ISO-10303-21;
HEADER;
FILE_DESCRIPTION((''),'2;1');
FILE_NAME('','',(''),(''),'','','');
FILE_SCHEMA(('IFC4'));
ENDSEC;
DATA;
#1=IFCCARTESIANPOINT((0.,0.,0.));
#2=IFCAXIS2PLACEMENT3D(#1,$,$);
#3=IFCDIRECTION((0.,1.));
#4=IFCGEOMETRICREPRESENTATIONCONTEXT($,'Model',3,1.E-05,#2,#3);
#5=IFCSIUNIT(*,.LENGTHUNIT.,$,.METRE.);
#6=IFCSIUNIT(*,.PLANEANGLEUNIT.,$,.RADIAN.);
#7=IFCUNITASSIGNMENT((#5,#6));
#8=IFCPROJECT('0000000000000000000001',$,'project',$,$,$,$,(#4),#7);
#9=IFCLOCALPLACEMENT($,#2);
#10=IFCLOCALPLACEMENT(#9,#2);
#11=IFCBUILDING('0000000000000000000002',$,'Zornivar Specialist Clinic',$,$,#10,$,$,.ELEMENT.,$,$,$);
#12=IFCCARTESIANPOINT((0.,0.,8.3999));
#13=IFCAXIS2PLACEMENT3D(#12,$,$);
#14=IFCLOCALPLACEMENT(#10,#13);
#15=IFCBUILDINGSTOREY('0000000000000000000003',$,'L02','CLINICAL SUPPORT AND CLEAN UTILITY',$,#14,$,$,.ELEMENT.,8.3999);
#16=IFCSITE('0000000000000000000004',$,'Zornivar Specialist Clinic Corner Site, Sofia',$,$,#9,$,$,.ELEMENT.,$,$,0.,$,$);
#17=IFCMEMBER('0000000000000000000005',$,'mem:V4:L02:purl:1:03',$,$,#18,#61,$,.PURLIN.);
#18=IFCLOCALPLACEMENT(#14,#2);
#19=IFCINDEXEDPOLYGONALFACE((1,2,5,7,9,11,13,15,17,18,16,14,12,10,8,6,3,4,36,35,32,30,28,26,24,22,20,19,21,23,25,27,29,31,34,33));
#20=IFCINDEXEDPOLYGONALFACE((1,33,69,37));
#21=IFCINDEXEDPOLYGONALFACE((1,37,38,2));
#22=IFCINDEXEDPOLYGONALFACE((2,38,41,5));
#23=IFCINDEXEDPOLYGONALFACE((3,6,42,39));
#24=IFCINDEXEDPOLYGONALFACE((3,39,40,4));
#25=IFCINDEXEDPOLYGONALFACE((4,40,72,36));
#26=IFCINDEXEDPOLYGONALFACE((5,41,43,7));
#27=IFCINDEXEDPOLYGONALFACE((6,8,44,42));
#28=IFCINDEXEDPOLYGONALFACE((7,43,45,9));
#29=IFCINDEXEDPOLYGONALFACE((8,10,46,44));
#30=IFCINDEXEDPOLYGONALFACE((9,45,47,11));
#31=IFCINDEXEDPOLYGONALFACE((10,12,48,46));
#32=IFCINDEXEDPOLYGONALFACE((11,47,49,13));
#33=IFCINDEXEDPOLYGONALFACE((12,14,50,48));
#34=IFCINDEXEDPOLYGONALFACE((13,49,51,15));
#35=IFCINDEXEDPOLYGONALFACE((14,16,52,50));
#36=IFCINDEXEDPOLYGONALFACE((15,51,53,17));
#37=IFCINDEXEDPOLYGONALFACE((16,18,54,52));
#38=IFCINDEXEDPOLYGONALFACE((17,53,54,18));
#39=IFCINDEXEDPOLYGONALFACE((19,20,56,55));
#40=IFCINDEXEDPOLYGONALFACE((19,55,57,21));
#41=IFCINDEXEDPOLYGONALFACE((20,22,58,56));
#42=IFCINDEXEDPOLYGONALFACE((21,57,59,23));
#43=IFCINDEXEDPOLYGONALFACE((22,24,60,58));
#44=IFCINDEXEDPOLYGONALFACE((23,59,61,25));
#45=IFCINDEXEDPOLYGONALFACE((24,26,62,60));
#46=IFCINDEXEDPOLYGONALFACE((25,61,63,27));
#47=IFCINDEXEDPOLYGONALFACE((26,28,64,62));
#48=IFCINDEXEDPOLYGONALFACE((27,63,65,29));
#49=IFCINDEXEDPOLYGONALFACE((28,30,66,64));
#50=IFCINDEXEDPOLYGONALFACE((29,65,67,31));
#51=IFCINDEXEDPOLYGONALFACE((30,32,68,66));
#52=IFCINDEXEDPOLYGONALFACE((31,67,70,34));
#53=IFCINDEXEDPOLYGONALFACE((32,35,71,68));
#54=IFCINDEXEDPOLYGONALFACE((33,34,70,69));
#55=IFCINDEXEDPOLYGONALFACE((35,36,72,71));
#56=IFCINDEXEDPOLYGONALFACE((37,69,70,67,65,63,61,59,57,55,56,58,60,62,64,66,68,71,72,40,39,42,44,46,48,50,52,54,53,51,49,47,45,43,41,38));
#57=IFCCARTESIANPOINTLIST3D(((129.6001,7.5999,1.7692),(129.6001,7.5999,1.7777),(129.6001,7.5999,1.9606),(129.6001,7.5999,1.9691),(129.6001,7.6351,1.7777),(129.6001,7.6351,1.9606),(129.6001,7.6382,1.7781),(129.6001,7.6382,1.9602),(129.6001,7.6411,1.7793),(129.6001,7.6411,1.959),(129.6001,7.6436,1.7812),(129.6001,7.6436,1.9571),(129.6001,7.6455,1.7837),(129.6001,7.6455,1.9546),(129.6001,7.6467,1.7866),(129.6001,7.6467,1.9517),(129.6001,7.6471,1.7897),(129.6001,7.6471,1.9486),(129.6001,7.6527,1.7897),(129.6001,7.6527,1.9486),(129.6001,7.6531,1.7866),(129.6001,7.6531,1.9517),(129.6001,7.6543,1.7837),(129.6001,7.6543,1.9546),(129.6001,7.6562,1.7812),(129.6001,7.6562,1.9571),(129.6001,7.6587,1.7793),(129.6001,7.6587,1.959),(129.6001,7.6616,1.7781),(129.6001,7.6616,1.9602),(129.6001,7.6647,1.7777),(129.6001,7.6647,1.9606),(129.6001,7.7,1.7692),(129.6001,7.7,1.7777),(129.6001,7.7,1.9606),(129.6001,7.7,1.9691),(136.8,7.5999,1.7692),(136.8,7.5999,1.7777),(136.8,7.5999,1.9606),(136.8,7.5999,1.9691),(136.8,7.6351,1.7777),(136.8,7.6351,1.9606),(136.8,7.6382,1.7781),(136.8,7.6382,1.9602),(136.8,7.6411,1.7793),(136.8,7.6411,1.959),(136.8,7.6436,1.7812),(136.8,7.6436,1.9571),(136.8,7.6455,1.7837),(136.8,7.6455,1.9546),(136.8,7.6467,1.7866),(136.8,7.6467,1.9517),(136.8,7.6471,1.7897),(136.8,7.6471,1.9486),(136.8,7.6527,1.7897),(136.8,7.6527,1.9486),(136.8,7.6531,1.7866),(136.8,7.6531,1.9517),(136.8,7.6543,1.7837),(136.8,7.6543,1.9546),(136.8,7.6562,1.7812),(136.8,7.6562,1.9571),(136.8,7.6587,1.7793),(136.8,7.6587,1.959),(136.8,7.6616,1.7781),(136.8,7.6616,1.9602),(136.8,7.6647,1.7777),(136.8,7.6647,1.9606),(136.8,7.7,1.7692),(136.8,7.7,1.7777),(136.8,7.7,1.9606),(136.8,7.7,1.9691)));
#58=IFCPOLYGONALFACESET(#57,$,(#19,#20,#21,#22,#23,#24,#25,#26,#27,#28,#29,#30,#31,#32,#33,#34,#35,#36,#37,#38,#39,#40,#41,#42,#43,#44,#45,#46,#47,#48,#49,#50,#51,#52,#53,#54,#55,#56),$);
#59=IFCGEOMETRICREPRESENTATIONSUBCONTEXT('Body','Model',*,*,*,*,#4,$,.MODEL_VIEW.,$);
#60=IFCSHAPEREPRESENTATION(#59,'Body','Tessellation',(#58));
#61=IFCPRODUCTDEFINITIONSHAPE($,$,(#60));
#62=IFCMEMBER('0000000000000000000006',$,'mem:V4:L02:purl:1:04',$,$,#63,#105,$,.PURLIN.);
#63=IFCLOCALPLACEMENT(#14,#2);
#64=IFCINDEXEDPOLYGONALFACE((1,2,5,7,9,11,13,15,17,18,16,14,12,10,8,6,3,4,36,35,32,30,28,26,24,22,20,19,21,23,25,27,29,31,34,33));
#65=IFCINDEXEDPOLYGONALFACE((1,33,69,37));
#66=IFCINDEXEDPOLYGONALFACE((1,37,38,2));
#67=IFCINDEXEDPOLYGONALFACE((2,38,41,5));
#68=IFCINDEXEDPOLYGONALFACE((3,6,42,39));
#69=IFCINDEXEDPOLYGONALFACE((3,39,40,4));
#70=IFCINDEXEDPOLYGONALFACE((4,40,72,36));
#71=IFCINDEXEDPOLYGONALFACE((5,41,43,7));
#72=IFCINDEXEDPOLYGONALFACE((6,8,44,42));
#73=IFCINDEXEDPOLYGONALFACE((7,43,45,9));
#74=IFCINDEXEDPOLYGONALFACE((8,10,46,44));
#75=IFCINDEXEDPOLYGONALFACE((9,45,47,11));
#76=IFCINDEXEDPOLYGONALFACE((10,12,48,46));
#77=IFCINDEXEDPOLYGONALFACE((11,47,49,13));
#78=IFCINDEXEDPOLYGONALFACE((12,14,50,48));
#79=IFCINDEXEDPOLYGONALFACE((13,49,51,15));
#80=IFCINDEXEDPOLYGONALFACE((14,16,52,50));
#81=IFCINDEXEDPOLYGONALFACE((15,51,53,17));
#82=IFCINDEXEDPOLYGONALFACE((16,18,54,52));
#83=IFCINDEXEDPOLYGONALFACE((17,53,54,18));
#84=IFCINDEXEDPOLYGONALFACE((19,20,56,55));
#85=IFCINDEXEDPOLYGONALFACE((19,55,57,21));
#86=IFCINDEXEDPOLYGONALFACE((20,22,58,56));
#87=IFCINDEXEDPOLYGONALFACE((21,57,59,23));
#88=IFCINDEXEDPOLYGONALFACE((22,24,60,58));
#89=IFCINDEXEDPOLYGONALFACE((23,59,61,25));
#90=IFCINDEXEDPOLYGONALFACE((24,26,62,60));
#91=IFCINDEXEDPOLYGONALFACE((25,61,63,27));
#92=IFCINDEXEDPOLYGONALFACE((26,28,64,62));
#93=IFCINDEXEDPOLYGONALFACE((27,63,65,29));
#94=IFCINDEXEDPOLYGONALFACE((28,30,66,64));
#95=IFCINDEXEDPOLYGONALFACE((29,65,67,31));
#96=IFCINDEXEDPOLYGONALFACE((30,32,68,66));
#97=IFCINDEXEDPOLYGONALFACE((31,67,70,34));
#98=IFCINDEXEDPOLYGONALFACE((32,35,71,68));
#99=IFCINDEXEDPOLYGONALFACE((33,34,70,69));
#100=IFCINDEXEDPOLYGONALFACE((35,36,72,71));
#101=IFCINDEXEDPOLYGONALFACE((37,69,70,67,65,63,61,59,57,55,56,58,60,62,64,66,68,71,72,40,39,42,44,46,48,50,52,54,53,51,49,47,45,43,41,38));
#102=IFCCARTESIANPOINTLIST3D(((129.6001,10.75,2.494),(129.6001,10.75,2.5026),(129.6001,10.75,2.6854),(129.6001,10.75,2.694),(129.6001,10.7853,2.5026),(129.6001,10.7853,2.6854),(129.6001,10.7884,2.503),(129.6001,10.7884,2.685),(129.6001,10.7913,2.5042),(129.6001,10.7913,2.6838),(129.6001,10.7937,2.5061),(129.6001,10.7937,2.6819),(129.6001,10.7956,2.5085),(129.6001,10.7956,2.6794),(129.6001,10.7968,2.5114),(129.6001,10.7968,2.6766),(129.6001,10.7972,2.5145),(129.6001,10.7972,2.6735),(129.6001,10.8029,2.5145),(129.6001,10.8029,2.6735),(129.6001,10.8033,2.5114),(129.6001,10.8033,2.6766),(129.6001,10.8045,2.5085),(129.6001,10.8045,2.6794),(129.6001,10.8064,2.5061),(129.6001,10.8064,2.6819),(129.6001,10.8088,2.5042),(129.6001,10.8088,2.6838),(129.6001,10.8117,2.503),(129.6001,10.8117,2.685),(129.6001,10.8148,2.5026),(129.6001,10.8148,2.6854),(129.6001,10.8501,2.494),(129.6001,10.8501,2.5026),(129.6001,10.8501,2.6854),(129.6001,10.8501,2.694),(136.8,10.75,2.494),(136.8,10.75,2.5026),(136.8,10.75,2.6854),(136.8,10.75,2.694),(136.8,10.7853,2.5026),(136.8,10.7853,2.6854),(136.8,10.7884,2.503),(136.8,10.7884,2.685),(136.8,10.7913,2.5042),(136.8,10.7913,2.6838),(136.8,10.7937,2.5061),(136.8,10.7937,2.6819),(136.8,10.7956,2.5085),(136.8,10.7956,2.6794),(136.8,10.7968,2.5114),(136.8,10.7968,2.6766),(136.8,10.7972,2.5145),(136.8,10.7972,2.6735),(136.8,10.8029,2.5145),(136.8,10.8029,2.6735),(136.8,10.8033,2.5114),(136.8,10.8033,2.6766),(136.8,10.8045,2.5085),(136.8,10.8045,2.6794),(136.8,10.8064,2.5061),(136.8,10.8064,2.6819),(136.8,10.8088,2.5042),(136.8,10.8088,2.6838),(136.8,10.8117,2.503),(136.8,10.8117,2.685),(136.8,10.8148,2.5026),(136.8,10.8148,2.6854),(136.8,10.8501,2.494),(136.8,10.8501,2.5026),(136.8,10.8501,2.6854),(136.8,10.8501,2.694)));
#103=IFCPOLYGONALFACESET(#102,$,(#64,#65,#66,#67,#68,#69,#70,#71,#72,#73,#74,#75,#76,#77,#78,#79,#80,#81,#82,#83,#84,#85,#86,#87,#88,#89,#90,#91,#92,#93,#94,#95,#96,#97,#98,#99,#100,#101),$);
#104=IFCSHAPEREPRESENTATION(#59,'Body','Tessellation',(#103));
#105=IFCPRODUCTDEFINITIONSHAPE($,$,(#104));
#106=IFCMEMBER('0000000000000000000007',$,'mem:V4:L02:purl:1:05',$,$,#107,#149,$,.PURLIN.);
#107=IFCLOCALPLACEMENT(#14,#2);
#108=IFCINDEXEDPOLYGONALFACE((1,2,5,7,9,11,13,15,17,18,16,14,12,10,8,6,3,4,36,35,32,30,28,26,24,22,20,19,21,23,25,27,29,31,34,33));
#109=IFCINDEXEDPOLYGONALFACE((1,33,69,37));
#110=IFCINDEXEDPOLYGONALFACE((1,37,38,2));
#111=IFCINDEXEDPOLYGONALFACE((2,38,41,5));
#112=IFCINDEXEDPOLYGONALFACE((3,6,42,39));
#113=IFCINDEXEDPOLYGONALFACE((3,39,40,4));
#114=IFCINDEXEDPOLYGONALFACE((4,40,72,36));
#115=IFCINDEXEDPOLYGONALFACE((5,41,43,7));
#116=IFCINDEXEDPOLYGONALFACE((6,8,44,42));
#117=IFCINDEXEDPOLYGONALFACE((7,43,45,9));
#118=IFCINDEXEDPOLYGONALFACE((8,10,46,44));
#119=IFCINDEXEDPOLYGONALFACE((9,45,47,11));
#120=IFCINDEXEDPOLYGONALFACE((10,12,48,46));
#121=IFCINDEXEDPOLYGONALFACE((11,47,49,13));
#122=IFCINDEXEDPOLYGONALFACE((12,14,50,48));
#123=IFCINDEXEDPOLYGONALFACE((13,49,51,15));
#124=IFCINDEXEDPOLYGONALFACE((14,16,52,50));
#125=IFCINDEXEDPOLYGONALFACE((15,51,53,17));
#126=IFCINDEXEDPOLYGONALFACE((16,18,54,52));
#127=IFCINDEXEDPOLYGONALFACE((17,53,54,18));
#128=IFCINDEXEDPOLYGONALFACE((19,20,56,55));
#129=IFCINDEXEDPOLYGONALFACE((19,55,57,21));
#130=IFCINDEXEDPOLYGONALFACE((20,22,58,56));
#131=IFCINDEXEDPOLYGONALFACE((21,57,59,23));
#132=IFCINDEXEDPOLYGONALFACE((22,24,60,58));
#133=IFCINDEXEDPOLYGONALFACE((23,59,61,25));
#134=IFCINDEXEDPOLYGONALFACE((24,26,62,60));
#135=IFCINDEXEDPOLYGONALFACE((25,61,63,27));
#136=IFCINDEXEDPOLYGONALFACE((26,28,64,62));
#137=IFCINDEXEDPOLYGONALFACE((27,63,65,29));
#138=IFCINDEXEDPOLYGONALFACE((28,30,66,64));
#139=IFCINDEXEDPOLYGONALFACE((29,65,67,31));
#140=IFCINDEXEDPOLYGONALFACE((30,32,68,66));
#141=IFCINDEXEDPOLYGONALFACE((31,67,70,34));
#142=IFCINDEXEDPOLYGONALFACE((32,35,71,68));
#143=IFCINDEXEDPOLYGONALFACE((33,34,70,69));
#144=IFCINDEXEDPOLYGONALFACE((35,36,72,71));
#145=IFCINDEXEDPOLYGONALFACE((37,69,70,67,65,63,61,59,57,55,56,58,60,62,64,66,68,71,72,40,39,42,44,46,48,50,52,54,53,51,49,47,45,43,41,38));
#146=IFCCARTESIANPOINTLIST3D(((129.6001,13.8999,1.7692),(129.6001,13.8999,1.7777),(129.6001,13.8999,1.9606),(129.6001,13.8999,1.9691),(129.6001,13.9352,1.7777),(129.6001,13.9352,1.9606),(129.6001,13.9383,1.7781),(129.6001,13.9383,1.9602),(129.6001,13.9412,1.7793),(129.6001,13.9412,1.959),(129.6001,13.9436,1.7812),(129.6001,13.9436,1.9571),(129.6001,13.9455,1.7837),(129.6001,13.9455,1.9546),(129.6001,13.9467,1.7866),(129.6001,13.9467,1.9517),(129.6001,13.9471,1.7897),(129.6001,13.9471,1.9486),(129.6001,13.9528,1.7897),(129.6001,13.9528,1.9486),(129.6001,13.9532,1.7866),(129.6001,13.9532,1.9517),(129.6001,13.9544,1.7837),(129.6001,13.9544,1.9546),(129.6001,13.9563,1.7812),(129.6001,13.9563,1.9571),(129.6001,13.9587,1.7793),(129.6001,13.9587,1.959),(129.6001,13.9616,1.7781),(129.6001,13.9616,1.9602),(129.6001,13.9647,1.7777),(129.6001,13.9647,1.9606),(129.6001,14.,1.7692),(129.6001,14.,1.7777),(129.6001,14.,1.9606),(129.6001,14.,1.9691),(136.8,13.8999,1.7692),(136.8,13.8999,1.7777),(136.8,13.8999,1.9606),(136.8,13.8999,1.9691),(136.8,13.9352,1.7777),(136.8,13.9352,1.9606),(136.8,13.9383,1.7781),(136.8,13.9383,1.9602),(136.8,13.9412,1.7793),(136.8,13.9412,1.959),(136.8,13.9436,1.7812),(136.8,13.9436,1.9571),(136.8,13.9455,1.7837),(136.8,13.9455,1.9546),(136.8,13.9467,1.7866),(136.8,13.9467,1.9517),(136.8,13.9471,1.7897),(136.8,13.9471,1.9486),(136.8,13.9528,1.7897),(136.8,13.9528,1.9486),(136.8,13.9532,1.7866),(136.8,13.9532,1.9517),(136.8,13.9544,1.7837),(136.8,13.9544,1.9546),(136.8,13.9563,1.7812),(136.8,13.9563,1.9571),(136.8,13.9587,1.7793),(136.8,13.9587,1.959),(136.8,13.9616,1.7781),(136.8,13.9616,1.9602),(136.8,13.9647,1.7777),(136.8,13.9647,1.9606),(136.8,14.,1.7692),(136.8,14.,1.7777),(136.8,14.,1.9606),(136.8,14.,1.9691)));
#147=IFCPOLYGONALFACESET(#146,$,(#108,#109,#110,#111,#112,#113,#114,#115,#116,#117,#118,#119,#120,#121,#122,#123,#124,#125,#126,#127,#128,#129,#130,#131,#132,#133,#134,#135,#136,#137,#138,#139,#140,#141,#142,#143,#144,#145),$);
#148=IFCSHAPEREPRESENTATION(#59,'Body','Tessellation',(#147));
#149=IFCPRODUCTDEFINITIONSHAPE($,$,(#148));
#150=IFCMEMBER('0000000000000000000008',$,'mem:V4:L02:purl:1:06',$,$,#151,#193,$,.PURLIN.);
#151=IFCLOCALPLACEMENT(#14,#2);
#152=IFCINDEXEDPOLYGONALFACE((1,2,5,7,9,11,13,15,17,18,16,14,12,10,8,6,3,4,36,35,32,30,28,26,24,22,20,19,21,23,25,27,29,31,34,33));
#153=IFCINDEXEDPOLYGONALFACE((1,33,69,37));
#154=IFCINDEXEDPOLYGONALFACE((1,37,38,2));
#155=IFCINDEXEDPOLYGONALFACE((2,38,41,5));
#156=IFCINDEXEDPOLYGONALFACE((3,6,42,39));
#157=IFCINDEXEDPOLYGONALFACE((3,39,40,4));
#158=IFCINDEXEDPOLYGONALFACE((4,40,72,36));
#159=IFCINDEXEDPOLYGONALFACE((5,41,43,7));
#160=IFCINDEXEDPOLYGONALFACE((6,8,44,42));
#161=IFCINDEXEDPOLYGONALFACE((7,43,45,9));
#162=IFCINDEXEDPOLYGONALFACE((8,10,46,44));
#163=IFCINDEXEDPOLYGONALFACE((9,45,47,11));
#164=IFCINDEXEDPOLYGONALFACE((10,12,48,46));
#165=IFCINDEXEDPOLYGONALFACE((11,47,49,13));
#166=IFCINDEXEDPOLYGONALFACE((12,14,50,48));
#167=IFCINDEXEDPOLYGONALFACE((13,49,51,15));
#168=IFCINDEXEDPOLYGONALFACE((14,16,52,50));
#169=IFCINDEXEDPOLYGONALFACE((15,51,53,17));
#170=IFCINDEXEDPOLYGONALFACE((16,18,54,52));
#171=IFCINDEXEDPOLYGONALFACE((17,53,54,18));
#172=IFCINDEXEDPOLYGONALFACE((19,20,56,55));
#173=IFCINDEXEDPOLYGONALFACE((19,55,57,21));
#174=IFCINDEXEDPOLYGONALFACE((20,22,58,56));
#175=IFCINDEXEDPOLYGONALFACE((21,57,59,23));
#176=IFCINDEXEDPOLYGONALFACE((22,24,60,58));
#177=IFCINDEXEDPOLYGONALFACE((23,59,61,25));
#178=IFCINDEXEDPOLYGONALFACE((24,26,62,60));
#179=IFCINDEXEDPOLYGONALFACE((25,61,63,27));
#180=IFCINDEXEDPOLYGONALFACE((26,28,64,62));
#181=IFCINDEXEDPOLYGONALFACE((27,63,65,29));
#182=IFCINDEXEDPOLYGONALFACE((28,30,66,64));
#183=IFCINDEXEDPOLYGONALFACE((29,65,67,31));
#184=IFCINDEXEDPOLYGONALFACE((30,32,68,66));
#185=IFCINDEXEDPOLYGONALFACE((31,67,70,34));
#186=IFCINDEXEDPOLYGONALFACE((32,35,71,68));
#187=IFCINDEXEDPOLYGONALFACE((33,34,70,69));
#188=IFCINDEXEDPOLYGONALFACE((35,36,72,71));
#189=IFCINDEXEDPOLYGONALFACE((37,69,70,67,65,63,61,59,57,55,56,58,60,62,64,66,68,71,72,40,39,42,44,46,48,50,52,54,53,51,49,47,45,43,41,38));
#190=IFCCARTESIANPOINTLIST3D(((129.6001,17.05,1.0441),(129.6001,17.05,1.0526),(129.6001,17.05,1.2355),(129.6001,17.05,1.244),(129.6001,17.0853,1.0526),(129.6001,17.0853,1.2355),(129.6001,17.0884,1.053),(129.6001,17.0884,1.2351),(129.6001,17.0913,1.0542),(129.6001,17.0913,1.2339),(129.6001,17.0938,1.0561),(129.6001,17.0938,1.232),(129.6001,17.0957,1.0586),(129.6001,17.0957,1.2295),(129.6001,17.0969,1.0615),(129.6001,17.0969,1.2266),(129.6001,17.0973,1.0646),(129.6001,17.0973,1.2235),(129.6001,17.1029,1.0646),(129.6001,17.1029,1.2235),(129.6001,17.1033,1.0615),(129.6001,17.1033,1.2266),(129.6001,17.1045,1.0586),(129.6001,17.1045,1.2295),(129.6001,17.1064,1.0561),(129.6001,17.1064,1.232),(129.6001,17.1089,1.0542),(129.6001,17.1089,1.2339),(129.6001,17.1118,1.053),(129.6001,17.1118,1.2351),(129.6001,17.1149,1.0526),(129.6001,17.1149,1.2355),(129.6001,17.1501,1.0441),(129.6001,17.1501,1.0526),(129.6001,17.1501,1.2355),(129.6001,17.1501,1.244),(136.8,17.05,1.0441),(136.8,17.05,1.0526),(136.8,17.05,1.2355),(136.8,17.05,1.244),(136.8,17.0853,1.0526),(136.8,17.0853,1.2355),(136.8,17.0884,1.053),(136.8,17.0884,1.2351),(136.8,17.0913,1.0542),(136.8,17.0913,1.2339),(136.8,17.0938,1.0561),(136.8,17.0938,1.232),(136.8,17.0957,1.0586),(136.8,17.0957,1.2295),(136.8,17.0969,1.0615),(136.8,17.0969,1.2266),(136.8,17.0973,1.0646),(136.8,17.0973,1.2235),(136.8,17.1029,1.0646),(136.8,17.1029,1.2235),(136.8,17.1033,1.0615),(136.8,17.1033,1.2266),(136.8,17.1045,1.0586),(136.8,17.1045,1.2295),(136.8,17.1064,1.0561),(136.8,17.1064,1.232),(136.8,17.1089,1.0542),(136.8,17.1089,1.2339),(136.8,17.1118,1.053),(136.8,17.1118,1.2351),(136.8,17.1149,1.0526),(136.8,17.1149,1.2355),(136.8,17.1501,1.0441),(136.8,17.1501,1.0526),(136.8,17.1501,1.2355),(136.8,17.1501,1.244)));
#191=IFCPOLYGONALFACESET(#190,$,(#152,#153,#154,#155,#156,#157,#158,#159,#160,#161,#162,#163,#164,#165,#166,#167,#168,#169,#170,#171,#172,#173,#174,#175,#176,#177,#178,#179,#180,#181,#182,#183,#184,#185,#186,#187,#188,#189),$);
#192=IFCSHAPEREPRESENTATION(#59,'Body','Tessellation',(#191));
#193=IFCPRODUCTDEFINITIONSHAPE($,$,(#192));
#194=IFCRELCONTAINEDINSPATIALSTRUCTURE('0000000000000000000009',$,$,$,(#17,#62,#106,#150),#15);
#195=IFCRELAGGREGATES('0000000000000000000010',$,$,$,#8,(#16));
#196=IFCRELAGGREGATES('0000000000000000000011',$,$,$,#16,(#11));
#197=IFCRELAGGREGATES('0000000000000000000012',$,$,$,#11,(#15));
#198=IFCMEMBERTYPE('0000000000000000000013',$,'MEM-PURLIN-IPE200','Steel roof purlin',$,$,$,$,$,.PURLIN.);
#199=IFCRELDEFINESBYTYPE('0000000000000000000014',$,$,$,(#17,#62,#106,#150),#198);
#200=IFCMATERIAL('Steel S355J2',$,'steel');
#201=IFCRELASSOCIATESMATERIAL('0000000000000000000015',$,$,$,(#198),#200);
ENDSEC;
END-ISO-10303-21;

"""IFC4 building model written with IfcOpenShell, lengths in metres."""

from ifc_helpers import new_model, si_unit, direction, frame, origin, origin_2d, place, context, subcontext, project, spatial, i_section, extrude, material, material_profile, profile_set, type_object, element, save


model = new_model("IFC4")

# Units and contexts
model_context = context("Model", 3, precision=1e-05, world=origin(), true_north=direction((0.0, 1.0)))
body_context = subcontext(model_context, "Body", "Model", "MODEL_VIEW")
ifc_project = project(units=[si_unit("LENGTHUNIT", "METRE"), si_unit("PLANEANGLEUNIT", "RADIAN")], contexts=[model_context])

# Site, building, storey
site_placement = place(None, origin())
site = spatial("IfcSite", under=ifc_project, at=site_placement, Name="Zornivar Specialist Clinic Corner Site, Sofia", CompositionType="ELEMENT", RefElevation=0.0)
building_placement = place(site_placement, origin())
building = spatial("IfcBuilding", under=site, at=building_placement, Name="Zornivar Specialist Clinic", CompositionType="ELEMENT")
storey_placement = place(building_placement, frame((0.0, 0.0, 8.3999)))
storey = spatial("IfcBuildingStorey", under=building, at=storey_placement, Name="L02", Description="CLINICAL SUPPORT AND CLEAN UTILITY", CompositionType="ELEMENT", Elevation=8.3999)

# Members
ifc_material_1 = material(Name="Steel S355J2", Category="steel")
ifc_material_profile_1 = material_profile(ifc_material_1, i_section(OverallWidth=0.1001, OverallDepth=0.2, WebThickness=0.0056, FlangeThickness=0.0085, FilletRadius=0.012, at=origin_2d()), Name="IPE 200")
ifc_profile_set_1 = profile_set([ifc_material_profile_1], Name="Steel S355J2")
member_type_1 = type_object("IfcMemberType", Name="MEM-PURLIN-IPE200", Description="Steel roof purlin", PredefinedType="PURLIN", material=ifc_profile_set_1)
for number, where, z_axis, x_axis, name in (
    (1, (129.6001, 7.6499, 1.8691), (1.0, 0.0, 0.0), (0.0, 1.0, 0.0), "mem:V4:L02:purl:1:03"),
    (2, (129.6001, 10.8, 2.594), (1.0, 0.0, 0.0), (0.0, 1.0, 0.0), "mem:V4:L02:purl:1:04"),
    (3, (129.6001, 13.95, 1.8691), (1.0, 0.0, 0.0), (0.0, 1.0, 0.0), "mem:V4:L02:purl:1:05"),
    (4, (129.6001, 17.1001, 1.144), (1.0, 0.0, 0.0), (0.0, 1.0, 0.0), "mem:V4:L02:purl:1:06"),
):
    element("IfcMember", number, at=place(storey_placement, frame(where, z_axis=z_axis, x_axis=x_axis)), inside=storey, type_object=member_type_1, Name=name, PredefinedType="PURLIN", context=body_context, shape_type="SweptSolid", body=[
        extrude(i_section(OverallWidth=0.1001, OverallDepth=0.2, WebThickness=0.0056, FlangeThickness=0.0085, FilletRadius=0.012, at=origin_2d()), origin(), (0.0, 0.0, 1.0), 7.2),
    ])

save(model, "model.ifc")
